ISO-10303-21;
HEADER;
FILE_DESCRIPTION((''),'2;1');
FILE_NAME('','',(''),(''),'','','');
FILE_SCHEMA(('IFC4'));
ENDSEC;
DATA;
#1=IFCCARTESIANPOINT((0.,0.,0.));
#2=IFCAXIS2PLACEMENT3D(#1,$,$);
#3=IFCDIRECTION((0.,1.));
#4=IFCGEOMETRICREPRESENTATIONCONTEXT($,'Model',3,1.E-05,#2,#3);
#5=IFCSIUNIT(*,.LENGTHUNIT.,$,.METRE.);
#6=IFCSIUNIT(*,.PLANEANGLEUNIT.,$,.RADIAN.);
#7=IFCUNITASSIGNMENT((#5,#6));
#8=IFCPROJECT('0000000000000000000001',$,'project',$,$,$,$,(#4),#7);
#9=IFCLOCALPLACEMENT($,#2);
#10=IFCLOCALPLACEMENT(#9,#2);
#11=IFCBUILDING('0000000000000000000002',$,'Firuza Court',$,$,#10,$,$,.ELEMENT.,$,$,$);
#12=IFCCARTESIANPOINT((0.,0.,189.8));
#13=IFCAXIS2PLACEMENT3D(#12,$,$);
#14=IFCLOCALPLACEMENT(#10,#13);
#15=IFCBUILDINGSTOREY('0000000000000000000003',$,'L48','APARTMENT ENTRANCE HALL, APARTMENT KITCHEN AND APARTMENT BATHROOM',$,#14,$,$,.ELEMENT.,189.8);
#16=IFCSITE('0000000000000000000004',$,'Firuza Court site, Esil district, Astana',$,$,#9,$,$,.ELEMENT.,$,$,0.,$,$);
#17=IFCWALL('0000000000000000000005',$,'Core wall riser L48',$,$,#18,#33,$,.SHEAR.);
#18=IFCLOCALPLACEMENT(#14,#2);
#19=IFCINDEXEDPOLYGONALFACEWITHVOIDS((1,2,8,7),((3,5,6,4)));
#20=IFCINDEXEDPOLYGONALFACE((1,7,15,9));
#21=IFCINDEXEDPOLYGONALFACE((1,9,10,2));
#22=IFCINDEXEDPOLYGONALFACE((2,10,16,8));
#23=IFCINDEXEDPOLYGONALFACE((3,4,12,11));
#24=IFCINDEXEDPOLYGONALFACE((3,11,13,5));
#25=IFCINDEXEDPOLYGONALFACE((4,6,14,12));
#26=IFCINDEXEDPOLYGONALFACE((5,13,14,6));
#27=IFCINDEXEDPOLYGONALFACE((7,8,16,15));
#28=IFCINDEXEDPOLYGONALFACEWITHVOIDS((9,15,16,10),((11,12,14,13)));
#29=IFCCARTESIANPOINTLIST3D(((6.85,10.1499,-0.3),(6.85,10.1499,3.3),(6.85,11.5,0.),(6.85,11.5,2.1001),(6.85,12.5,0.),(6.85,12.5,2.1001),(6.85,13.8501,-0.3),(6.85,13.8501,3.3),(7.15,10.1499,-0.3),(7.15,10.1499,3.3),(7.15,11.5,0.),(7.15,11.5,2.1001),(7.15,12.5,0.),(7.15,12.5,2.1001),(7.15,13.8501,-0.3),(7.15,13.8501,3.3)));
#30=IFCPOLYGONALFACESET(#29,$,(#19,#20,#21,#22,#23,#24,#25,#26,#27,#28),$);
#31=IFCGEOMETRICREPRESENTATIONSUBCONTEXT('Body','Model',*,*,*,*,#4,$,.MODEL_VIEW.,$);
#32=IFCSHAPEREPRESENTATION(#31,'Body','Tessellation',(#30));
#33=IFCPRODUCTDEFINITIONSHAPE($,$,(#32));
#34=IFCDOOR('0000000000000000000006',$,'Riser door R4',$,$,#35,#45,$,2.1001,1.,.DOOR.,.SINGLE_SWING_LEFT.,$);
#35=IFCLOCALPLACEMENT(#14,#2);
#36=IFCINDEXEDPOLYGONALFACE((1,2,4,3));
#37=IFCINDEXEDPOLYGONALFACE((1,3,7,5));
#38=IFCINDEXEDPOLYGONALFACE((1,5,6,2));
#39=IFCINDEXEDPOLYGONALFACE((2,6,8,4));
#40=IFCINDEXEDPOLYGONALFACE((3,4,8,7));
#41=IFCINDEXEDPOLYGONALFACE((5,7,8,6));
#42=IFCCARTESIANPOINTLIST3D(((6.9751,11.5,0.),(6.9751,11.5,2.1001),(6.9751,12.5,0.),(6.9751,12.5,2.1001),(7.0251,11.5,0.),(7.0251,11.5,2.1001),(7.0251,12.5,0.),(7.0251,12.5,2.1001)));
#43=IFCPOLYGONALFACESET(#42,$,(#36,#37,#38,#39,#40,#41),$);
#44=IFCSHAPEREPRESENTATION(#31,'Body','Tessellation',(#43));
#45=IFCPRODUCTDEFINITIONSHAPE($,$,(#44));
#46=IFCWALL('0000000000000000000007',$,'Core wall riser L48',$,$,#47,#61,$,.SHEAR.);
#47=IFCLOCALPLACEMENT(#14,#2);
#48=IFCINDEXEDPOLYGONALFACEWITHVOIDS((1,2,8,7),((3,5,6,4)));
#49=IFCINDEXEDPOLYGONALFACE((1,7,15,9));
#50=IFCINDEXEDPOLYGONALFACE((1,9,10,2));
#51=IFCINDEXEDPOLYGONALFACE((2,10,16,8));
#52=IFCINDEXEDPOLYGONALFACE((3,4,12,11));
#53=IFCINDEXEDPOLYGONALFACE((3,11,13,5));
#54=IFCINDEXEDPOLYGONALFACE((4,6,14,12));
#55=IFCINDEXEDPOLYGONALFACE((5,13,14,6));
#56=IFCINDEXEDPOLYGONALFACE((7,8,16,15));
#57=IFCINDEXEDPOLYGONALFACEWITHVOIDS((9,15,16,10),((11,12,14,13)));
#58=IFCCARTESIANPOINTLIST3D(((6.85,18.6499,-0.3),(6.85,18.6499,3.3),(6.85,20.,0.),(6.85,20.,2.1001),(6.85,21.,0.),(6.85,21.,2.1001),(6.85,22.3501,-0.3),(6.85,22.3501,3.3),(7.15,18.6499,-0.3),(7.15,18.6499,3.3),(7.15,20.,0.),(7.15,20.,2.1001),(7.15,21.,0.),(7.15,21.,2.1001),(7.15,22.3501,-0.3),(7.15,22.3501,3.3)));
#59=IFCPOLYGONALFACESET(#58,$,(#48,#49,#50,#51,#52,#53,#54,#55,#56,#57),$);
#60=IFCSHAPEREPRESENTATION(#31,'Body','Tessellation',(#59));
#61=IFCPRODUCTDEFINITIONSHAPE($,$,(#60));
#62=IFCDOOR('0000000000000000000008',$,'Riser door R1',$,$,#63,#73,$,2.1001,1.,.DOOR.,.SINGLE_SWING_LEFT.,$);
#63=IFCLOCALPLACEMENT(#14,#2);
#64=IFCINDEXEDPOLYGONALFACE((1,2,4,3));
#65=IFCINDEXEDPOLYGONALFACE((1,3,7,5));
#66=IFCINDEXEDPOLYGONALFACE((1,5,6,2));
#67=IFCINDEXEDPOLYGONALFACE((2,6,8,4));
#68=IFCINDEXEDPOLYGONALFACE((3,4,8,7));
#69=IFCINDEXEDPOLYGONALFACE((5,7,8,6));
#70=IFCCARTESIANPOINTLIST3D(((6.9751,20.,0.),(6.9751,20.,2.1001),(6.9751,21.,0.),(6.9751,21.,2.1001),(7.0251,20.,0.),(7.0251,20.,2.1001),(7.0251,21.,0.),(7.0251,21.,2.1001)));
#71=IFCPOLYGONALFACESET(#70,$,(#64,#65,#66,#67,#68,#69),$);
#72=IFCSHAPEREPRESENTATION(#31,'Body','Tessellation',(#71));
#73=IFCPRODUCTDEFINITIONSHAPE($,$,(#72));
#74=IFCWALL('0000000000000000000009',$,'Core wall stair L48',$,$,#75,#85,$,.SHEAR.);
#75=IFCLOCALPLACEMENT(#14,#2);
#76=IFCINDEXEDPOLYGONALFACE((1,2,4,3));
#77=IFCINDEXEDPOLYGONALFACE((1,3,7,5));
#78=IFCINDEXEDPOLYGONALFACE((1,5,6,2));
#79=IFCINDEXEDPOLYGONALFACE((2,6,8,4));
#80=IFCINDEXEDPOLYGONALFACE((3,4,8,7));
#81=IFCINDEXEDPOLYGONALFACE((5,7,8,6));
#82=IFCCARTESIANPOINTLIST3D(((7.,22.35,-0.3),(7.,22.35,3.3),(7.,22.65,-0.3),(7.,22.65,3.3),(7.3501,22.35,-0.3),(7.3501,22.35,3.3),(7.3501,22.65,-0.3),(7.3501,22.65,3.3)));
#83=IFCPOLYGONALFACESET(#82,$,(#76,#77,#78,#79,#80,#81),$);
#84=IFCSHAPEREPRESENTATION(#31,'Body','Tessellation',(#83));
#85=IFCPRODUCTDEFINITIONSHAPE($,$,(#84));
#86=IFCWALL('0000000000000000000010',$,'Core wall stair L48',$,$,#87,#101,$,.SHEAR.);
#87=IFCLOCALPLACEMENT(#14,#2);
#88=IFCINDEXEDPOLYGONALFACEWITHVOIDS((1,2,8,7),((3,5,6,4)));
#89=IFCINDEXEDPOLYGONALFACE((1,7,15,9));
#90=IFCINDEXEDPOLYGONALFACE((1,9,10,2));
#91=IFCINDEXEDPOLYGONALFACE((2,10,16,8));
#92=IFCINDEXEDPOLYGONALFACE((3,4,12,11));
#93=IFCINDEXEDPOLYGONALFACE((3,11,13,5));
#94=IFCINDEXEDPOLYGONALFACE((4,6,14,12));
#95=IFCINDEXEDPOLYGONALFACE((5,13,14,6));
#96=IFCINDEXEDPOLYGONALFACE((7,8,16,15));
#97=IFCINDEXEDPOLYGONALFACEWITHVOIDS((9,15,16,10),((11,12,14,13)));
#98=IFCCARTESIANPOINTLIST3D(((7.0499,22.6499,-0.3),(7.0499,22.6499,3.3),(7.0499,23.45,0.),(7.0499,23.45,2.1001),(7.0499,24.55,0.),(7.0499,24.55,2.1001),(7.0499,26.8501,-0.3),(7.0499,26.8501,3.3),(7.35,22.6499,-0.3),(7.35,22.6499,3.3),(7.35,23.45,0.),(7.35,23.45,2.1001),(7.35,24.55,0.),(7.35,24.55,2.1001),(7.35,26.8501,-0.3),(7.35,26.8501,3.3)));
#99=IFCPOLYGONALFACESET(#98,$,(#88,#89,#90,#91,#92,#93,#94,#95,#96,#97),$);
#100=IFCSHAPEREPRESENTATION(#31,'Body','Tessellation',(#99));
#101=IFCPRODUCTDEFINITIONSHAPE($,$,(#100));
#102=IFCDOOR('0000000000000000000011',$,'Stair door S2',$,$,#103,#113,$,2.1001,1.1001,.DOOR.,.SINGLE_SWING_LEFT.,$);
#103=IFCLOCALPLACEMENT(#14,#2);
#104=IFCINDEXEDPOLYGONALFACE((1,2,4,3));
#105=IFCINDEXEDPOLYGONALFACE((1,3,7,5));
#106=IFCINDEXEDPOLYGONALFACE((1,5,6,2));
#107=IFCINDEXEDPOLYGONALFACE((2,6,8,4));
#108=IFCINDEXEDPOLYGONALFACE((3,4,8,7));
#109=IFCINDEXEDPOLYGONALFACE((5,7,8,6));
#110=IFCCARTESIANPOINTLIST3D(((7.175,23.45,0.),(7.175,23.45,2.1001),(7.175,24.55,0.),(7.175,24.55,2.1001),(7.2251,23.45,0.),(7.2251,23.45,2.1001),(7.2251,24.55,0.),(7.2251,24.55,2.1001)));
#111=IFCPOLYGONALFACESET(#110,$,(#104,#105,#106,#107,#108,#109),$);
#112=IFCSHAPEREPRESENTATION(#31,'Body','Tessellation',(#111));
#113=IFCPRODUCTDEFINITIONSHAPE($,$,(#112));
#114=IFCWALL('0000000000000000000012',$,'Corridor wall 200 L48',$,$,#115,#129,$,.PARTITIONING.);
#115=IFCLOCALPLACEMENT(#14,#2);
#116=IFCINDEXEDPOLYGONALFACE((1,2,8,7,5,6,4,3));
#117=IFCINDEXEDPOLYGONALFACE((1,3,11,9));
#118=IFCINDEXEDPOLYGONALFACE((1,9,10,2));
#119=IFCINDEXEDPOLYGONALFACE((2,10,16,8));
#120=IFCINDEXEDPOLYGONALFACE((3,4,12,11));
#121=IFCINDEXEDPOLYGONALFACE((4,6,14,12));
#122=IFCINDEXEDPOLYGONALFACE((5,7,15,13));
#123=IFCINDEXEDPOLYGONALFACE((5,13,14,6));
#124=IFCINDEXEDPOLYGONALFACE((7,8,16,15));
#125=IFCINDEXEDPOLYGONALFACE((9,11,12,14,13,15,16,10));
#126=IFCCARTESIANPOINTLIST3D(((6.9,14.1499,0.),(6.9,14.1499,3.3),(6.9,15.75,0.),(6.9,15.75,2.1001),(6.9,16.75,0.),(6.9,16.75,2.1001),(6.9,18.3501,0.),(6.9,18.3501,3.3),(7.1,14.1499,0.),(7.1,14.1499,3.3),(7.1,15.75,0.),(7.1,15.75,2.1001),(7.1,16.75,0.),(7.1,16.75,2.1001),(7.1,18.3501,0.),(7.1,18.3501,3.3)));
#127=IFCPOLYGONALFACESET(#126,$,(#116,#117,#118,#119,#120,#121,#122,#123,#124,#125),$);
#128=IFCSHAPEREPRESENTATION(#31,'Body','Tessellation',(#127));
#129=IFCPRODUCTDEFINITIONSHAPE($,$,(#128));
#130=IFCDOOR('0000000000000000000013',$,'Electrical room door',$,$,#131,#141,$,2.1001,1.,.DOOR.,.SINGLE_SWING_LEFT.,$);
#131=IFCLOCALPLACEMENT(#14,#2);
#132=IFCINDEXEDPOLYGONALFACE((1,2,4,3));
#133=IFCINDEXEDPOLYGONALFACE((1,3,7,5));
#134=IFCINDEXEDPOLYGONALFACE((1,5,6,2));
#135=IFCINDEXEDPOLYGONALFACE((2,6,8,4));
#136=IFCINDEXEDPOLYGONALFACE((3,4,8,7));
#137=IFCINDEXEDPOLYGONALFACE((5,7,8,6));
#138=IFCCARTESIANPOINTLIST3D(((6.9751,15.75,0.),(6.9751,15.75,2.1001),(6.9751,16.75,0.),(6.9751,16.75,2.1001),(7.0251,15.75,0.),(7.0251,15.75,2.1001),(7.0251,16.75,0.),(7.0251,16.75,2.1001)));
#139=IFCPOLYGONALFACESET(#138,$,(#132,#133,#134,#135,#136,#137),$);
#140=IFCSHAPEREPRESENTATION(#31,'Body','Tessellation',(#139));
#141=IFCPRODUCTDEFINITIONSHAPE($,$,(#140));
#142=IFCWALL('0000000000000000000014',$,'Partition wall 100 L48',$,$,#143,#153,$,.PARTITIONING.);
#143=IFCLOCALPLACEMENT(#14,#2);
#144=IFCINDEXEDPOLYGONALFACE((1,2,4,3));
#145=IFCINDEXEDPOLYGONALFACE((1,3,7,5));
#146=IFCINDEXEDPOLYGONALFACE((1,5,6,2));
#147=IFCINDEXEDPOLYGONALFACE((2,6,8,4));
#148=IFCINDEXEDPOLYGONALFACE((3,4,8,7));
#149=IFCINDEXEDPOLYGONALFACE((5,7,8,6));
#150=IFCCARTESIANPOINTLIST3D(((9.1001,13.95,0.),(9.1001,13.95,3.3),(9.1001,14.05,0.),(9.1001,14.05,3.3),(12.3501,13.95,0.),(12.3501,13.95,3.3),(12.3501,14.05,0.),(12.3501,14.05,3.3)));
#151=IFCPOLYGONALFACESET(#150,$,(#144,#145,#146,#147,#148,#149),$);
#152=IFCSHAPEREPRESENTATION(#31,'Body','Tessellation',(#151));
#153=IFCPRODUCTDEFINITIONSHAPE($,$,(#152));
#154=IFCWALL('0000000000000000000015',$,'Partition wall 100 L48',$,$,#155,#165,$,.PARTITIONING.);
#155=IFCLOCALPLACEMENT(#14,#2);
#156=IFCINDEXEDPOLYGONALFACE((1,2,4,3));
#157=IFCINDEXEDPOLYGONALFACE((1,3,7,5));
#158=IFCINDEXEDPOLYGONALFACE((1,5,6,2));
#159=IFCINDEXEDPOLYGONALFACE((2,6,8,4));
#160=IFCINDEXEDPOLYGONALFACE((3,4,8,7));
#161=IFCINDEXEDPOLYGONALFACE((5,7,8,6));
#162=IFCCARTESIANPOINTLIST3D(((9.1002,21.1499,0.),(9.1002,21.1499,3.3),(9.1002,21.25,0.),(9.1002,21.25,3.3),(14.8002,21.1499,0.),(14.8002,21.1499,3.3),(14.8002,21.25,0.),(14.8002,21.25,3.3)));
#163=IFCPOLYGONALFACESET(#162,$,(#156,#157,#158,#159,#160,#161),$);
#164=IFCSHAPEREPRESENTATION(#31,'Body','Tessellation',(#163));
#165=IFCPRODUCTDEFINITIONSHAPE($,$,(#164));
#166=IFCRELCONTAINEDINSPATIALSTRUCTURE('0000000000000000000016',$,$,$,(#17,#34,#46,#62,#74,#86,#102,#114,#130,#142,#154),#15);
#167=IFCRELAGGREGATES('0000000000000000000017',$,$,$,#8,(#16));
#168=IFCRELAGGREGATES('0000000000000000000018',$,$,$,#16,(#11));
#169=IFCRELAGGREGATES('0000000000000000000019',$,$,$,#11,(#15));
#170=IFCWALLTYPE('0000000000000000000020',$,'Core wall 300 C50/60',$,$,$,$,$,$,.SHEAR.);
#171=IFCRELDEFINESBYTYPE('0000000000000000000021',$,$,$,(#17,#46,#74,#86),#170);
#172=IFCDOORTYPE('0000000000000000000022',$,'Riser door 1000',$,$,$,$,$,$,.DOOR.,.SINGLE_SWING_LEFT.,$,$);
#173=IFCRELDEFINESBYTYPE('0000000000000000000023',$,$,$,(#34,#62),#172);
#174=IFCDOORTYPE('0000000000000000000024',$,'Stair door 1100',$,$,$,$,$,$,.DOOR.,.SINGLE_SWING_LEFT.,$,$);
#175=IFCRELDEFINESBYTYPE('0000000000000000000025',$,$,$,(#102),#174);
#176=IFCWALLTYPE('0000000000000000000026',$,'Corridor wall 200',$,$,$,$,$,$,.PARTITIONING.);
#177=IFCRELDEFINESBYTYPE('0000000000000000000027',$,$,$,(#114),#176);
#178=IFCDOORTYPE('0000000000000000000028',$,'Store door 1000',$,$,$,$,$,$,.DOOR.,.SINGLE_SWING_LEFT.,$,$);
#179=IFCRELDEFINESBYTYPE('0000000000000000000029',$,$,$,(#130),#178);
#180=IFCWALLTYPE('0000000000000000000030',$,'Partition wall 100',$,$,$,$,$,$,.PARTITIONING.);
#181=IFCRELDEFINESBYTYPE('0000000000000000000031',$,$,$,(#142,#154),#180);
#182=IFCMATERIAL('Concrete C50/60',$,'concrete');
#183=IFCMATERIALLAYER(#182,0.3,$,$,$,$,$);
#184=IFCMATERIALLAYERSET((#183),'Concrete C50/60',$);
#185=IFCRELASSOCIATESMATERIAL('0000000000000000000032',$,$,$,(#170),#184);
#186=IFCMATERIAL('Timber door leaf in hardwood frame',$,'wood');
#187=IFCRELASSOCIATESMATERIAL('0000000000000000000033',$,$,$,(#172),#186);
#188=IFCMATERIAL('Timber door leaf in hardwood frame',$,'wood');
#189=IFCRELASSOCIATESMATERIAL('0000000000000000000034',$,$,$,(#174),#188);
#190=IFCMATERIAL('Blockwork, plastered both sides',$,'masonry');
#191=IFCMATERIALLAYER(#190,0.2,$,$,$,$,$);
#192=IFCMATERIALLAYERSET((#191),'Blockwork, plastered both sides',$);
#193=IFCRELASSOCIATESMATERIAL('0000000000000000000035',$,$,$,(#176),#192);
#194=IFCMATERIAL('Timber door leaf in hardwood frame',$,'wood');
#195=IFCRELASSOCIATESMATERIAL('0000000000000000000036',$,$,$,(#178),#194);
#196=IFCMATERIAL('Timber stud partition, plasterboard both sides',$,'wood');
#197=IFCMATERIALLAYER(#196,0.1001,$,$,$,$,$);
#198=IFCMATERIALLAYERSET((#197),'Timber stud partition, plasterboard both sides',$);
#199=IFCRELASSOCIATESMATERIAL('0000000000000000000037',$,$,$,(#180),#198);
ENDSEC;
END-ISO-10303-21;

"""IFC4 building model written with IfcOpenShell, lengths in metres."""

from ifc_helpers import new_model, si_unit, direction, frame, frame_2d, origin, place, context, subcontext, project, spatial, rectangle, extrude, material, layer, layer_set, type_object, element, fill, save


model = new_model("IFC4")

# Units and contexts
model_context = context("Model", 3, precision=1e-05, world=origin(), true_north=direction((0.0, 1.0)))
body_context = subcontext(model_context, "Body", "Model", "MODEL_VIEW")
ifc_project = project(units=[si_unit("LENGTHUNIT", "METRE"), si_unit("PLANEANGLEUNIT", "RADIAN")], contexts=[model_context])

# Site, building, storey
site_placement = place(None, origin())
site = spatial("IfcSite", under=ifc_project, at=site_placement, Name="Firuza Court site, Esil district, Astana", CompositionType="ELEMENT", RefElevation=0.0)
building_placement = place(site_placement, origin())
building = spatial("IfcBuilding", under=site, at=building_placement, Name="Firuza Court", CompositionType="ELEMENT")
storey_placement = place(building_placement, frame((0.0, 0.0, 189.8)))
storey = spatial("IfcBuildingStorey", under=building, at=storey_placement, Name="L48", Description="APARTMENT ENTRANCE HALL, APARTMENT KITCHEN AND APARTMENT BATHROOM", CompositionType="ELEMENT", Elevation=189.8)

# Shared definitions
ifc_material_1 = material(Name="Concrete C50/60", Category="concrete")
ifc_layer_1 = layer(ifc_material_1, 0.3)
ifc_layer_set_1 = layer_set([ifc_layer_1], Name="Concrete C50/60")
wall_type_1 = type_object("IfcWallType", Name="Core wall 300 C50/60", PredefinedType="SHEAR", material=ifc_layer_set_1)

# Walls, openings, doors
wall_1_placement = place(storey_placement, frame((7.0, 10.1499, -0.3), z_axis=(0.0, 0.0, 1.0), x_axis=(0.0, 1.0, 0.0)))
wall_1 = element("IfcWall", 1, at=wall_1_placement, inside=storey, type_object=wall_type_1, Name="Core wall riser L48", PredefinedType="SHEAR", context=body_context, shape_type="SweptSolid", body=[
    extrude(rectangle(XDim=3.7002, YDim=0.3, at=frame_2d((1.8501, 0.0))), origin(), (0.0, 0.0, 1.0), 3.6001),
])
opening_1_placement = place(wall_1_placement, frame((1.3501, 0.0, 0.3)))
opening_1 = element("IfcOpeningElement", 2, at=opening_1_placement, cuts=wall_1, PredefinedType="OPENING", context=body_context, shape_type="SweptSolid", body=[
    extrude(rectangle(XDim=1.0, YDim=2.1001, at=frame_2d((0.5, 1.05))), frame((0.0, 0.1621, 0.0), z_axis=(0.0, -1.0, 0.0), x_axis=(1.0, 0.0, 0.0)), (0.0, 0.0, 1.0), 0.324),
])
ifc_material_2 = material(Name="Timber door leaf in hardwood frame", Category="wood")
door_type_1 = type_object("IfcDoorType", Name="Riser door 1000", OperationType="SINGLE_SWING_LEFT", PredefinedType="DOOR", material=ifc_material_2)
door_1_placement = place(opening_1_placement, origin())
door_1 = element("IfcDoor", 3, at=door_1_placement, inside=storey, type_object=door_type_1, Name="Riser door R4", OperationType="SINGLE_SWING_LEFT", OverallHeight=2.1001, OverallWidth=1.0, PredefinedType="DOOR", context=body_context, shape_type="SweptSolid", body=[
    extrude(rectangle(XDim=1.0, YDim=2.1001, at=frame_2d((0.5, 1.05))), frame((0.0, 0.0249, 0.0), z_axis=(0.0, -1.0, 0.0), x_axis=(1.0, 0.0, 0.0)), (0.0, 0.0, 1.0), 0.05),
])
fill(opening_1, door_1)
wall_2_placement = place(storey_placement, frame((7.0, 18.6499, -0.3), z_axis=(0.0, 0.0, 1.0), x_axis=(0.0, 1.0, 0.0)))
wall_2 = element("IfcWall", 4, at=wall_2_placement, inside=storey, type_object=wall_type_1, Name="Core wall riser L48", PredefinedType="SHEAR", context=body_context, shape_type="SweptSolid", body=[
    extrude(rectangle(XDim=3.7002, YDim=0.3, at=frame_2d((1.8501, 0.0))), origin(), (0.0, 0.0, 1.0), 3.6001),
])
opening_2_placement = place(wall_2_placement, frame((1.3501, 0.0, 0.3)))
opening_2 = element("IfcOpeningElement", 5, at=opening_2_placement, cuts=wall_2, PredefinedType="OPENING", context=body_context, shape_type="SweptSolid", body=[
    extrude(rectangle(XDim=1.0, YDim=2.1001, at=frame_2d((0.5, 1.05))), frame((0.0, 0.1621, 0.0), z_axis=(0.0, -1.0, 0.0), x_axis=(1.0, 0.0, 0.0)), (0.0, 0.0, 1.0), 0.324),
])
door_2_placement = place(opening_2_placement, origin())
door_2 = element("IfcDoor", 6, at=door_2_placement, inside=storey, type_object=door_type_1, Name="Riser door R1", OperationType="SINGLE_SWING_LEFT", OverallHeight=2.1001, OverallWidth=1.0, PredefinedType="DOOR", context=body_context, shape_type="SweptSolid", body=[
    extrude(rectangle(XDim=1.0, YDim=2.1001, at=frame_2d((0.5, 1.05))), frame((0.0, 0.0249, 0.0), z_axis=(0.0, -1.0, 0.0), x_axis=(1.0, 0.0, 0.0)), (0.0, 0.0, 1.0), 0.05),
])
fill(opening_2, door_2)

# Wall
wall_3_placement = place(storey_placement, frame((7.0, 22.5, -0.3), z_axis=(0.0, 0.0, 1.0), x_axis=(1.0, 0.0, 0.0)))
element("IfcWall", 7, at=wall_3_placement, inside=storey, type_object=wall_type_1, Name="Core wall stair L48", PredefinedType="SHEAR", context=body_context, shape_type="SweptSolid", body=[
    extrude(rectangle(XDim=0.3501, YDim=0.3, at=frame_2d((0.175, 0.0))), origin(), (0.0, 0.0, 1.0), 3.6001),
])

# Walls, openings, doors
wall_4_placement = place(storey_placement, frame((7.2, 22.6499, -0.3), z_axis=(0.0, 0.0, 1.0), x_axis=(0.0, 1.0, 0.0)))
wall_4 = element("IfcWall", 8, at=wall_4_placement, inside=storey, type_object=wall_type_1, Name="Core wall stair L48", PredefinedType="SHEAR", context=body_context, shape_type="SweptSolid", body=[
    extrude(rectangle(XDim=4.2002, YDim=0.3, at=frame_2d((2.1001, 0.0))), origin(), (0.0, 0.0, 1.0), 3.6001),
])
opening_3_placement = place(wall_4_placement, frame((0.8, 0.0, 0.3)))
opening_3 = element("IfcOpeningElement", 9, at=opening_3_placement, cuts=wall_4, PredefinedType="OPENING", context=body_context, shape_type="SweptSolid", body=[
    extrude(rectangle(XDim=1.1001, YDim=2.1001, at=frame_2d((0.55, 1.05))), frame((0.0, 0.1621, 0.0), z_axis=(0.0, -1.0, 0.0), x_axis=(1.0, 0.0, 0.0)), (0.0, 0.0, 1.0), 0.324),
])
ifc_material_3 = material(Name="Timber door leaf in hardwood frame", Category="wood")
door_type_2 = type_object("IfcDoorType", Name="Stair door 1100", OperationType="SINGLE_SWING_LEFT", PredefinedType="DOOR", material=ifc_material_3)
door_3_placement = place(opening_3_placement, origin())
door_3 = element("IfcDoor", 10, at=door_3_placement, inside=storey, type_object=door_type_2, Name="Stair door S2", OperationType="SINGLE_SWING_LEFT", OverallHeight=2.1001, OverallWidth=1.1001, PredefinedType="DOOR", context=body_context, shape_type="SweptSolid", body=[
    extrude(rectangle(XDim=1.1001, YDim=2.1001, at=frame_2d((0.55, 1.05))), frame((0.0, 0.0249, 0.0), z_axis=(0.0, -1.0, 0.0), x_axis=(1.0, 0.0, 0.0)), (0.0, 0.0, 1.0), 0.05),
])
fill(opening_3, door_3)
ifc_material_4 = material(Name="Blockwork, plastered both sides", Category="masonry")
ifc_layer_2 = layer(ifc_material_4, 0.2)
ifc_layer_set_2 = layer_set([ifc_layer_2], Name="Blockwork, plastered both sides")
wall_type_2 = type_object("IfcWallType", Name="Corridor wall 200", PredefinedType="PARTITIONING", material=ifc_layer_set_2)
wall_5_placement = place(storey_placement, frame((7.0, 14.1499, 0.0), z_axis=(0.0, 0.0, 1.0), x_axis=(0.0, 1.0, 0.0)))
wall_5 = element("IfcWall", 11, at=wall_5_placement, inside=storey, type_object=wall_type_2, Name="Corridor wall 200 L48", PredefinedType="PARTITIONING", context=body_context, shape_type="SweptSolid", body=[
    extrude(rectangle(XDim=4.2002, YDim=0.2, at=frame_2d((2.1001, 0.0))), origin(), (0.0, 0.0, 1.0), 3.3),
])
opening_4_placement = place(wall_5_placement, frame((1.6001, 0.0, 0.0)))
opening_4 = element("IfcOpeningElement", 12, at=opening_4_placement, cuts=wall_5, PredefinedType="OPENING", context=body_context, shape_type="SweptSolid", body=[
    extrude(rectangle(XDim=1.0, YDim=2.1001, at=frame_2d((0.5, 1.05))), frame((0.0, 0.1118, 0.0), z_axis=(0.0, -1.0, 0.0), x_axis=(1.0, 0.0, 0.0)), (0.0, 0.0, 1.0), 0.2239),
])
ifc_material_5 = material(Name="Timber door leaf in hardwood frame", Category="wood")
door_type_3 = type_object("IfcDoorType", Name="Store door 1000", OperationType="SINGLE_SWING_LEFT", PredefinedType="DOOR", material=ifc_material_5)
door_4_placement = place(opening_4_placement, origin())
door_4 = element("IfcDoor", 13, at=door_4_placement, inside=storey, type_object=door_type_3, Name="Electrical room door", OperationType="SINGLE_SWING_LEFT", OverallHeight=2.1001, OverallWidth=1.0, PredefinedType="DOOR", context=body_context, shape_type="SweptSolid", body=[
    extrude(rectangle(XDim=1.0, YDim=2.1001, at=frame_2d((0.5, 1.05))), frame((0.0, 0.0249, 0.0), z_axis=(0.0, -1.0, 0.0), x_axis=(1.0, 0.0, 0.0)), (0.0, 0.0, 1.0), 0.05),
])
fill(opening_4, door_4)

# Walls
ifc_material_6 = material(Name="Timber stud partition, plasterboard both sides", Category="wood")
ifc_layer_3 = layer(ifc_material_6, 0.1001)
ifc_layer_set_3 = layer_set([ifc_layer_3], Name="Timber stud partition, plasterboard both sides")
wall_type_3 = type_object("IfcWallType", Name="Partition wall 100", PredefinedType="PARTITIONING", material=ifc_layer_set_3)
wall_6_placement = place(storey_placement, frame((9.1001, 14.0, 0.0), z_axis=(0.0, 0.0, 1.0), x_axis=(1.0, 0.0, 0.0)))
element("IfcWall", 14, at=wall_6_placement, inside=storey, type_object=wall_type_3, Name="Partition wall 100 L48", PredefinedType="PARTITIONING", context=body_context, shape_type="SweptSolid", body=[
    extrude(rectangle(XDim=3.25, YDim=0.1001, at=frame_2d((1.625, 0.0))), origin(), (0.0, 0.0, 1.0), 3.3),
])
wall_7_placement = place(storey_placement, frame((9.1001, 21.2, 0.0), z_axis=(0.0, 0.0, 1.0), x_axis=(1.0, 0.0, 0.0)))
element("IfcWall", 15, at=wall_7_placement, inside=storey, type_object=wall_type_3, Name="Partition wall 100 L48", PredefinedType="PARTITIONING", context=body_context, shape_type="SweptSolid", body=[
    extrude(rectangle(XDim=5.7, YDim=0.1001, at=frame_2d((2.8501, 0.0))), origin(), (0.0, 0.0, 1.0), 3.3),
])

save(model, "model.ifc")
